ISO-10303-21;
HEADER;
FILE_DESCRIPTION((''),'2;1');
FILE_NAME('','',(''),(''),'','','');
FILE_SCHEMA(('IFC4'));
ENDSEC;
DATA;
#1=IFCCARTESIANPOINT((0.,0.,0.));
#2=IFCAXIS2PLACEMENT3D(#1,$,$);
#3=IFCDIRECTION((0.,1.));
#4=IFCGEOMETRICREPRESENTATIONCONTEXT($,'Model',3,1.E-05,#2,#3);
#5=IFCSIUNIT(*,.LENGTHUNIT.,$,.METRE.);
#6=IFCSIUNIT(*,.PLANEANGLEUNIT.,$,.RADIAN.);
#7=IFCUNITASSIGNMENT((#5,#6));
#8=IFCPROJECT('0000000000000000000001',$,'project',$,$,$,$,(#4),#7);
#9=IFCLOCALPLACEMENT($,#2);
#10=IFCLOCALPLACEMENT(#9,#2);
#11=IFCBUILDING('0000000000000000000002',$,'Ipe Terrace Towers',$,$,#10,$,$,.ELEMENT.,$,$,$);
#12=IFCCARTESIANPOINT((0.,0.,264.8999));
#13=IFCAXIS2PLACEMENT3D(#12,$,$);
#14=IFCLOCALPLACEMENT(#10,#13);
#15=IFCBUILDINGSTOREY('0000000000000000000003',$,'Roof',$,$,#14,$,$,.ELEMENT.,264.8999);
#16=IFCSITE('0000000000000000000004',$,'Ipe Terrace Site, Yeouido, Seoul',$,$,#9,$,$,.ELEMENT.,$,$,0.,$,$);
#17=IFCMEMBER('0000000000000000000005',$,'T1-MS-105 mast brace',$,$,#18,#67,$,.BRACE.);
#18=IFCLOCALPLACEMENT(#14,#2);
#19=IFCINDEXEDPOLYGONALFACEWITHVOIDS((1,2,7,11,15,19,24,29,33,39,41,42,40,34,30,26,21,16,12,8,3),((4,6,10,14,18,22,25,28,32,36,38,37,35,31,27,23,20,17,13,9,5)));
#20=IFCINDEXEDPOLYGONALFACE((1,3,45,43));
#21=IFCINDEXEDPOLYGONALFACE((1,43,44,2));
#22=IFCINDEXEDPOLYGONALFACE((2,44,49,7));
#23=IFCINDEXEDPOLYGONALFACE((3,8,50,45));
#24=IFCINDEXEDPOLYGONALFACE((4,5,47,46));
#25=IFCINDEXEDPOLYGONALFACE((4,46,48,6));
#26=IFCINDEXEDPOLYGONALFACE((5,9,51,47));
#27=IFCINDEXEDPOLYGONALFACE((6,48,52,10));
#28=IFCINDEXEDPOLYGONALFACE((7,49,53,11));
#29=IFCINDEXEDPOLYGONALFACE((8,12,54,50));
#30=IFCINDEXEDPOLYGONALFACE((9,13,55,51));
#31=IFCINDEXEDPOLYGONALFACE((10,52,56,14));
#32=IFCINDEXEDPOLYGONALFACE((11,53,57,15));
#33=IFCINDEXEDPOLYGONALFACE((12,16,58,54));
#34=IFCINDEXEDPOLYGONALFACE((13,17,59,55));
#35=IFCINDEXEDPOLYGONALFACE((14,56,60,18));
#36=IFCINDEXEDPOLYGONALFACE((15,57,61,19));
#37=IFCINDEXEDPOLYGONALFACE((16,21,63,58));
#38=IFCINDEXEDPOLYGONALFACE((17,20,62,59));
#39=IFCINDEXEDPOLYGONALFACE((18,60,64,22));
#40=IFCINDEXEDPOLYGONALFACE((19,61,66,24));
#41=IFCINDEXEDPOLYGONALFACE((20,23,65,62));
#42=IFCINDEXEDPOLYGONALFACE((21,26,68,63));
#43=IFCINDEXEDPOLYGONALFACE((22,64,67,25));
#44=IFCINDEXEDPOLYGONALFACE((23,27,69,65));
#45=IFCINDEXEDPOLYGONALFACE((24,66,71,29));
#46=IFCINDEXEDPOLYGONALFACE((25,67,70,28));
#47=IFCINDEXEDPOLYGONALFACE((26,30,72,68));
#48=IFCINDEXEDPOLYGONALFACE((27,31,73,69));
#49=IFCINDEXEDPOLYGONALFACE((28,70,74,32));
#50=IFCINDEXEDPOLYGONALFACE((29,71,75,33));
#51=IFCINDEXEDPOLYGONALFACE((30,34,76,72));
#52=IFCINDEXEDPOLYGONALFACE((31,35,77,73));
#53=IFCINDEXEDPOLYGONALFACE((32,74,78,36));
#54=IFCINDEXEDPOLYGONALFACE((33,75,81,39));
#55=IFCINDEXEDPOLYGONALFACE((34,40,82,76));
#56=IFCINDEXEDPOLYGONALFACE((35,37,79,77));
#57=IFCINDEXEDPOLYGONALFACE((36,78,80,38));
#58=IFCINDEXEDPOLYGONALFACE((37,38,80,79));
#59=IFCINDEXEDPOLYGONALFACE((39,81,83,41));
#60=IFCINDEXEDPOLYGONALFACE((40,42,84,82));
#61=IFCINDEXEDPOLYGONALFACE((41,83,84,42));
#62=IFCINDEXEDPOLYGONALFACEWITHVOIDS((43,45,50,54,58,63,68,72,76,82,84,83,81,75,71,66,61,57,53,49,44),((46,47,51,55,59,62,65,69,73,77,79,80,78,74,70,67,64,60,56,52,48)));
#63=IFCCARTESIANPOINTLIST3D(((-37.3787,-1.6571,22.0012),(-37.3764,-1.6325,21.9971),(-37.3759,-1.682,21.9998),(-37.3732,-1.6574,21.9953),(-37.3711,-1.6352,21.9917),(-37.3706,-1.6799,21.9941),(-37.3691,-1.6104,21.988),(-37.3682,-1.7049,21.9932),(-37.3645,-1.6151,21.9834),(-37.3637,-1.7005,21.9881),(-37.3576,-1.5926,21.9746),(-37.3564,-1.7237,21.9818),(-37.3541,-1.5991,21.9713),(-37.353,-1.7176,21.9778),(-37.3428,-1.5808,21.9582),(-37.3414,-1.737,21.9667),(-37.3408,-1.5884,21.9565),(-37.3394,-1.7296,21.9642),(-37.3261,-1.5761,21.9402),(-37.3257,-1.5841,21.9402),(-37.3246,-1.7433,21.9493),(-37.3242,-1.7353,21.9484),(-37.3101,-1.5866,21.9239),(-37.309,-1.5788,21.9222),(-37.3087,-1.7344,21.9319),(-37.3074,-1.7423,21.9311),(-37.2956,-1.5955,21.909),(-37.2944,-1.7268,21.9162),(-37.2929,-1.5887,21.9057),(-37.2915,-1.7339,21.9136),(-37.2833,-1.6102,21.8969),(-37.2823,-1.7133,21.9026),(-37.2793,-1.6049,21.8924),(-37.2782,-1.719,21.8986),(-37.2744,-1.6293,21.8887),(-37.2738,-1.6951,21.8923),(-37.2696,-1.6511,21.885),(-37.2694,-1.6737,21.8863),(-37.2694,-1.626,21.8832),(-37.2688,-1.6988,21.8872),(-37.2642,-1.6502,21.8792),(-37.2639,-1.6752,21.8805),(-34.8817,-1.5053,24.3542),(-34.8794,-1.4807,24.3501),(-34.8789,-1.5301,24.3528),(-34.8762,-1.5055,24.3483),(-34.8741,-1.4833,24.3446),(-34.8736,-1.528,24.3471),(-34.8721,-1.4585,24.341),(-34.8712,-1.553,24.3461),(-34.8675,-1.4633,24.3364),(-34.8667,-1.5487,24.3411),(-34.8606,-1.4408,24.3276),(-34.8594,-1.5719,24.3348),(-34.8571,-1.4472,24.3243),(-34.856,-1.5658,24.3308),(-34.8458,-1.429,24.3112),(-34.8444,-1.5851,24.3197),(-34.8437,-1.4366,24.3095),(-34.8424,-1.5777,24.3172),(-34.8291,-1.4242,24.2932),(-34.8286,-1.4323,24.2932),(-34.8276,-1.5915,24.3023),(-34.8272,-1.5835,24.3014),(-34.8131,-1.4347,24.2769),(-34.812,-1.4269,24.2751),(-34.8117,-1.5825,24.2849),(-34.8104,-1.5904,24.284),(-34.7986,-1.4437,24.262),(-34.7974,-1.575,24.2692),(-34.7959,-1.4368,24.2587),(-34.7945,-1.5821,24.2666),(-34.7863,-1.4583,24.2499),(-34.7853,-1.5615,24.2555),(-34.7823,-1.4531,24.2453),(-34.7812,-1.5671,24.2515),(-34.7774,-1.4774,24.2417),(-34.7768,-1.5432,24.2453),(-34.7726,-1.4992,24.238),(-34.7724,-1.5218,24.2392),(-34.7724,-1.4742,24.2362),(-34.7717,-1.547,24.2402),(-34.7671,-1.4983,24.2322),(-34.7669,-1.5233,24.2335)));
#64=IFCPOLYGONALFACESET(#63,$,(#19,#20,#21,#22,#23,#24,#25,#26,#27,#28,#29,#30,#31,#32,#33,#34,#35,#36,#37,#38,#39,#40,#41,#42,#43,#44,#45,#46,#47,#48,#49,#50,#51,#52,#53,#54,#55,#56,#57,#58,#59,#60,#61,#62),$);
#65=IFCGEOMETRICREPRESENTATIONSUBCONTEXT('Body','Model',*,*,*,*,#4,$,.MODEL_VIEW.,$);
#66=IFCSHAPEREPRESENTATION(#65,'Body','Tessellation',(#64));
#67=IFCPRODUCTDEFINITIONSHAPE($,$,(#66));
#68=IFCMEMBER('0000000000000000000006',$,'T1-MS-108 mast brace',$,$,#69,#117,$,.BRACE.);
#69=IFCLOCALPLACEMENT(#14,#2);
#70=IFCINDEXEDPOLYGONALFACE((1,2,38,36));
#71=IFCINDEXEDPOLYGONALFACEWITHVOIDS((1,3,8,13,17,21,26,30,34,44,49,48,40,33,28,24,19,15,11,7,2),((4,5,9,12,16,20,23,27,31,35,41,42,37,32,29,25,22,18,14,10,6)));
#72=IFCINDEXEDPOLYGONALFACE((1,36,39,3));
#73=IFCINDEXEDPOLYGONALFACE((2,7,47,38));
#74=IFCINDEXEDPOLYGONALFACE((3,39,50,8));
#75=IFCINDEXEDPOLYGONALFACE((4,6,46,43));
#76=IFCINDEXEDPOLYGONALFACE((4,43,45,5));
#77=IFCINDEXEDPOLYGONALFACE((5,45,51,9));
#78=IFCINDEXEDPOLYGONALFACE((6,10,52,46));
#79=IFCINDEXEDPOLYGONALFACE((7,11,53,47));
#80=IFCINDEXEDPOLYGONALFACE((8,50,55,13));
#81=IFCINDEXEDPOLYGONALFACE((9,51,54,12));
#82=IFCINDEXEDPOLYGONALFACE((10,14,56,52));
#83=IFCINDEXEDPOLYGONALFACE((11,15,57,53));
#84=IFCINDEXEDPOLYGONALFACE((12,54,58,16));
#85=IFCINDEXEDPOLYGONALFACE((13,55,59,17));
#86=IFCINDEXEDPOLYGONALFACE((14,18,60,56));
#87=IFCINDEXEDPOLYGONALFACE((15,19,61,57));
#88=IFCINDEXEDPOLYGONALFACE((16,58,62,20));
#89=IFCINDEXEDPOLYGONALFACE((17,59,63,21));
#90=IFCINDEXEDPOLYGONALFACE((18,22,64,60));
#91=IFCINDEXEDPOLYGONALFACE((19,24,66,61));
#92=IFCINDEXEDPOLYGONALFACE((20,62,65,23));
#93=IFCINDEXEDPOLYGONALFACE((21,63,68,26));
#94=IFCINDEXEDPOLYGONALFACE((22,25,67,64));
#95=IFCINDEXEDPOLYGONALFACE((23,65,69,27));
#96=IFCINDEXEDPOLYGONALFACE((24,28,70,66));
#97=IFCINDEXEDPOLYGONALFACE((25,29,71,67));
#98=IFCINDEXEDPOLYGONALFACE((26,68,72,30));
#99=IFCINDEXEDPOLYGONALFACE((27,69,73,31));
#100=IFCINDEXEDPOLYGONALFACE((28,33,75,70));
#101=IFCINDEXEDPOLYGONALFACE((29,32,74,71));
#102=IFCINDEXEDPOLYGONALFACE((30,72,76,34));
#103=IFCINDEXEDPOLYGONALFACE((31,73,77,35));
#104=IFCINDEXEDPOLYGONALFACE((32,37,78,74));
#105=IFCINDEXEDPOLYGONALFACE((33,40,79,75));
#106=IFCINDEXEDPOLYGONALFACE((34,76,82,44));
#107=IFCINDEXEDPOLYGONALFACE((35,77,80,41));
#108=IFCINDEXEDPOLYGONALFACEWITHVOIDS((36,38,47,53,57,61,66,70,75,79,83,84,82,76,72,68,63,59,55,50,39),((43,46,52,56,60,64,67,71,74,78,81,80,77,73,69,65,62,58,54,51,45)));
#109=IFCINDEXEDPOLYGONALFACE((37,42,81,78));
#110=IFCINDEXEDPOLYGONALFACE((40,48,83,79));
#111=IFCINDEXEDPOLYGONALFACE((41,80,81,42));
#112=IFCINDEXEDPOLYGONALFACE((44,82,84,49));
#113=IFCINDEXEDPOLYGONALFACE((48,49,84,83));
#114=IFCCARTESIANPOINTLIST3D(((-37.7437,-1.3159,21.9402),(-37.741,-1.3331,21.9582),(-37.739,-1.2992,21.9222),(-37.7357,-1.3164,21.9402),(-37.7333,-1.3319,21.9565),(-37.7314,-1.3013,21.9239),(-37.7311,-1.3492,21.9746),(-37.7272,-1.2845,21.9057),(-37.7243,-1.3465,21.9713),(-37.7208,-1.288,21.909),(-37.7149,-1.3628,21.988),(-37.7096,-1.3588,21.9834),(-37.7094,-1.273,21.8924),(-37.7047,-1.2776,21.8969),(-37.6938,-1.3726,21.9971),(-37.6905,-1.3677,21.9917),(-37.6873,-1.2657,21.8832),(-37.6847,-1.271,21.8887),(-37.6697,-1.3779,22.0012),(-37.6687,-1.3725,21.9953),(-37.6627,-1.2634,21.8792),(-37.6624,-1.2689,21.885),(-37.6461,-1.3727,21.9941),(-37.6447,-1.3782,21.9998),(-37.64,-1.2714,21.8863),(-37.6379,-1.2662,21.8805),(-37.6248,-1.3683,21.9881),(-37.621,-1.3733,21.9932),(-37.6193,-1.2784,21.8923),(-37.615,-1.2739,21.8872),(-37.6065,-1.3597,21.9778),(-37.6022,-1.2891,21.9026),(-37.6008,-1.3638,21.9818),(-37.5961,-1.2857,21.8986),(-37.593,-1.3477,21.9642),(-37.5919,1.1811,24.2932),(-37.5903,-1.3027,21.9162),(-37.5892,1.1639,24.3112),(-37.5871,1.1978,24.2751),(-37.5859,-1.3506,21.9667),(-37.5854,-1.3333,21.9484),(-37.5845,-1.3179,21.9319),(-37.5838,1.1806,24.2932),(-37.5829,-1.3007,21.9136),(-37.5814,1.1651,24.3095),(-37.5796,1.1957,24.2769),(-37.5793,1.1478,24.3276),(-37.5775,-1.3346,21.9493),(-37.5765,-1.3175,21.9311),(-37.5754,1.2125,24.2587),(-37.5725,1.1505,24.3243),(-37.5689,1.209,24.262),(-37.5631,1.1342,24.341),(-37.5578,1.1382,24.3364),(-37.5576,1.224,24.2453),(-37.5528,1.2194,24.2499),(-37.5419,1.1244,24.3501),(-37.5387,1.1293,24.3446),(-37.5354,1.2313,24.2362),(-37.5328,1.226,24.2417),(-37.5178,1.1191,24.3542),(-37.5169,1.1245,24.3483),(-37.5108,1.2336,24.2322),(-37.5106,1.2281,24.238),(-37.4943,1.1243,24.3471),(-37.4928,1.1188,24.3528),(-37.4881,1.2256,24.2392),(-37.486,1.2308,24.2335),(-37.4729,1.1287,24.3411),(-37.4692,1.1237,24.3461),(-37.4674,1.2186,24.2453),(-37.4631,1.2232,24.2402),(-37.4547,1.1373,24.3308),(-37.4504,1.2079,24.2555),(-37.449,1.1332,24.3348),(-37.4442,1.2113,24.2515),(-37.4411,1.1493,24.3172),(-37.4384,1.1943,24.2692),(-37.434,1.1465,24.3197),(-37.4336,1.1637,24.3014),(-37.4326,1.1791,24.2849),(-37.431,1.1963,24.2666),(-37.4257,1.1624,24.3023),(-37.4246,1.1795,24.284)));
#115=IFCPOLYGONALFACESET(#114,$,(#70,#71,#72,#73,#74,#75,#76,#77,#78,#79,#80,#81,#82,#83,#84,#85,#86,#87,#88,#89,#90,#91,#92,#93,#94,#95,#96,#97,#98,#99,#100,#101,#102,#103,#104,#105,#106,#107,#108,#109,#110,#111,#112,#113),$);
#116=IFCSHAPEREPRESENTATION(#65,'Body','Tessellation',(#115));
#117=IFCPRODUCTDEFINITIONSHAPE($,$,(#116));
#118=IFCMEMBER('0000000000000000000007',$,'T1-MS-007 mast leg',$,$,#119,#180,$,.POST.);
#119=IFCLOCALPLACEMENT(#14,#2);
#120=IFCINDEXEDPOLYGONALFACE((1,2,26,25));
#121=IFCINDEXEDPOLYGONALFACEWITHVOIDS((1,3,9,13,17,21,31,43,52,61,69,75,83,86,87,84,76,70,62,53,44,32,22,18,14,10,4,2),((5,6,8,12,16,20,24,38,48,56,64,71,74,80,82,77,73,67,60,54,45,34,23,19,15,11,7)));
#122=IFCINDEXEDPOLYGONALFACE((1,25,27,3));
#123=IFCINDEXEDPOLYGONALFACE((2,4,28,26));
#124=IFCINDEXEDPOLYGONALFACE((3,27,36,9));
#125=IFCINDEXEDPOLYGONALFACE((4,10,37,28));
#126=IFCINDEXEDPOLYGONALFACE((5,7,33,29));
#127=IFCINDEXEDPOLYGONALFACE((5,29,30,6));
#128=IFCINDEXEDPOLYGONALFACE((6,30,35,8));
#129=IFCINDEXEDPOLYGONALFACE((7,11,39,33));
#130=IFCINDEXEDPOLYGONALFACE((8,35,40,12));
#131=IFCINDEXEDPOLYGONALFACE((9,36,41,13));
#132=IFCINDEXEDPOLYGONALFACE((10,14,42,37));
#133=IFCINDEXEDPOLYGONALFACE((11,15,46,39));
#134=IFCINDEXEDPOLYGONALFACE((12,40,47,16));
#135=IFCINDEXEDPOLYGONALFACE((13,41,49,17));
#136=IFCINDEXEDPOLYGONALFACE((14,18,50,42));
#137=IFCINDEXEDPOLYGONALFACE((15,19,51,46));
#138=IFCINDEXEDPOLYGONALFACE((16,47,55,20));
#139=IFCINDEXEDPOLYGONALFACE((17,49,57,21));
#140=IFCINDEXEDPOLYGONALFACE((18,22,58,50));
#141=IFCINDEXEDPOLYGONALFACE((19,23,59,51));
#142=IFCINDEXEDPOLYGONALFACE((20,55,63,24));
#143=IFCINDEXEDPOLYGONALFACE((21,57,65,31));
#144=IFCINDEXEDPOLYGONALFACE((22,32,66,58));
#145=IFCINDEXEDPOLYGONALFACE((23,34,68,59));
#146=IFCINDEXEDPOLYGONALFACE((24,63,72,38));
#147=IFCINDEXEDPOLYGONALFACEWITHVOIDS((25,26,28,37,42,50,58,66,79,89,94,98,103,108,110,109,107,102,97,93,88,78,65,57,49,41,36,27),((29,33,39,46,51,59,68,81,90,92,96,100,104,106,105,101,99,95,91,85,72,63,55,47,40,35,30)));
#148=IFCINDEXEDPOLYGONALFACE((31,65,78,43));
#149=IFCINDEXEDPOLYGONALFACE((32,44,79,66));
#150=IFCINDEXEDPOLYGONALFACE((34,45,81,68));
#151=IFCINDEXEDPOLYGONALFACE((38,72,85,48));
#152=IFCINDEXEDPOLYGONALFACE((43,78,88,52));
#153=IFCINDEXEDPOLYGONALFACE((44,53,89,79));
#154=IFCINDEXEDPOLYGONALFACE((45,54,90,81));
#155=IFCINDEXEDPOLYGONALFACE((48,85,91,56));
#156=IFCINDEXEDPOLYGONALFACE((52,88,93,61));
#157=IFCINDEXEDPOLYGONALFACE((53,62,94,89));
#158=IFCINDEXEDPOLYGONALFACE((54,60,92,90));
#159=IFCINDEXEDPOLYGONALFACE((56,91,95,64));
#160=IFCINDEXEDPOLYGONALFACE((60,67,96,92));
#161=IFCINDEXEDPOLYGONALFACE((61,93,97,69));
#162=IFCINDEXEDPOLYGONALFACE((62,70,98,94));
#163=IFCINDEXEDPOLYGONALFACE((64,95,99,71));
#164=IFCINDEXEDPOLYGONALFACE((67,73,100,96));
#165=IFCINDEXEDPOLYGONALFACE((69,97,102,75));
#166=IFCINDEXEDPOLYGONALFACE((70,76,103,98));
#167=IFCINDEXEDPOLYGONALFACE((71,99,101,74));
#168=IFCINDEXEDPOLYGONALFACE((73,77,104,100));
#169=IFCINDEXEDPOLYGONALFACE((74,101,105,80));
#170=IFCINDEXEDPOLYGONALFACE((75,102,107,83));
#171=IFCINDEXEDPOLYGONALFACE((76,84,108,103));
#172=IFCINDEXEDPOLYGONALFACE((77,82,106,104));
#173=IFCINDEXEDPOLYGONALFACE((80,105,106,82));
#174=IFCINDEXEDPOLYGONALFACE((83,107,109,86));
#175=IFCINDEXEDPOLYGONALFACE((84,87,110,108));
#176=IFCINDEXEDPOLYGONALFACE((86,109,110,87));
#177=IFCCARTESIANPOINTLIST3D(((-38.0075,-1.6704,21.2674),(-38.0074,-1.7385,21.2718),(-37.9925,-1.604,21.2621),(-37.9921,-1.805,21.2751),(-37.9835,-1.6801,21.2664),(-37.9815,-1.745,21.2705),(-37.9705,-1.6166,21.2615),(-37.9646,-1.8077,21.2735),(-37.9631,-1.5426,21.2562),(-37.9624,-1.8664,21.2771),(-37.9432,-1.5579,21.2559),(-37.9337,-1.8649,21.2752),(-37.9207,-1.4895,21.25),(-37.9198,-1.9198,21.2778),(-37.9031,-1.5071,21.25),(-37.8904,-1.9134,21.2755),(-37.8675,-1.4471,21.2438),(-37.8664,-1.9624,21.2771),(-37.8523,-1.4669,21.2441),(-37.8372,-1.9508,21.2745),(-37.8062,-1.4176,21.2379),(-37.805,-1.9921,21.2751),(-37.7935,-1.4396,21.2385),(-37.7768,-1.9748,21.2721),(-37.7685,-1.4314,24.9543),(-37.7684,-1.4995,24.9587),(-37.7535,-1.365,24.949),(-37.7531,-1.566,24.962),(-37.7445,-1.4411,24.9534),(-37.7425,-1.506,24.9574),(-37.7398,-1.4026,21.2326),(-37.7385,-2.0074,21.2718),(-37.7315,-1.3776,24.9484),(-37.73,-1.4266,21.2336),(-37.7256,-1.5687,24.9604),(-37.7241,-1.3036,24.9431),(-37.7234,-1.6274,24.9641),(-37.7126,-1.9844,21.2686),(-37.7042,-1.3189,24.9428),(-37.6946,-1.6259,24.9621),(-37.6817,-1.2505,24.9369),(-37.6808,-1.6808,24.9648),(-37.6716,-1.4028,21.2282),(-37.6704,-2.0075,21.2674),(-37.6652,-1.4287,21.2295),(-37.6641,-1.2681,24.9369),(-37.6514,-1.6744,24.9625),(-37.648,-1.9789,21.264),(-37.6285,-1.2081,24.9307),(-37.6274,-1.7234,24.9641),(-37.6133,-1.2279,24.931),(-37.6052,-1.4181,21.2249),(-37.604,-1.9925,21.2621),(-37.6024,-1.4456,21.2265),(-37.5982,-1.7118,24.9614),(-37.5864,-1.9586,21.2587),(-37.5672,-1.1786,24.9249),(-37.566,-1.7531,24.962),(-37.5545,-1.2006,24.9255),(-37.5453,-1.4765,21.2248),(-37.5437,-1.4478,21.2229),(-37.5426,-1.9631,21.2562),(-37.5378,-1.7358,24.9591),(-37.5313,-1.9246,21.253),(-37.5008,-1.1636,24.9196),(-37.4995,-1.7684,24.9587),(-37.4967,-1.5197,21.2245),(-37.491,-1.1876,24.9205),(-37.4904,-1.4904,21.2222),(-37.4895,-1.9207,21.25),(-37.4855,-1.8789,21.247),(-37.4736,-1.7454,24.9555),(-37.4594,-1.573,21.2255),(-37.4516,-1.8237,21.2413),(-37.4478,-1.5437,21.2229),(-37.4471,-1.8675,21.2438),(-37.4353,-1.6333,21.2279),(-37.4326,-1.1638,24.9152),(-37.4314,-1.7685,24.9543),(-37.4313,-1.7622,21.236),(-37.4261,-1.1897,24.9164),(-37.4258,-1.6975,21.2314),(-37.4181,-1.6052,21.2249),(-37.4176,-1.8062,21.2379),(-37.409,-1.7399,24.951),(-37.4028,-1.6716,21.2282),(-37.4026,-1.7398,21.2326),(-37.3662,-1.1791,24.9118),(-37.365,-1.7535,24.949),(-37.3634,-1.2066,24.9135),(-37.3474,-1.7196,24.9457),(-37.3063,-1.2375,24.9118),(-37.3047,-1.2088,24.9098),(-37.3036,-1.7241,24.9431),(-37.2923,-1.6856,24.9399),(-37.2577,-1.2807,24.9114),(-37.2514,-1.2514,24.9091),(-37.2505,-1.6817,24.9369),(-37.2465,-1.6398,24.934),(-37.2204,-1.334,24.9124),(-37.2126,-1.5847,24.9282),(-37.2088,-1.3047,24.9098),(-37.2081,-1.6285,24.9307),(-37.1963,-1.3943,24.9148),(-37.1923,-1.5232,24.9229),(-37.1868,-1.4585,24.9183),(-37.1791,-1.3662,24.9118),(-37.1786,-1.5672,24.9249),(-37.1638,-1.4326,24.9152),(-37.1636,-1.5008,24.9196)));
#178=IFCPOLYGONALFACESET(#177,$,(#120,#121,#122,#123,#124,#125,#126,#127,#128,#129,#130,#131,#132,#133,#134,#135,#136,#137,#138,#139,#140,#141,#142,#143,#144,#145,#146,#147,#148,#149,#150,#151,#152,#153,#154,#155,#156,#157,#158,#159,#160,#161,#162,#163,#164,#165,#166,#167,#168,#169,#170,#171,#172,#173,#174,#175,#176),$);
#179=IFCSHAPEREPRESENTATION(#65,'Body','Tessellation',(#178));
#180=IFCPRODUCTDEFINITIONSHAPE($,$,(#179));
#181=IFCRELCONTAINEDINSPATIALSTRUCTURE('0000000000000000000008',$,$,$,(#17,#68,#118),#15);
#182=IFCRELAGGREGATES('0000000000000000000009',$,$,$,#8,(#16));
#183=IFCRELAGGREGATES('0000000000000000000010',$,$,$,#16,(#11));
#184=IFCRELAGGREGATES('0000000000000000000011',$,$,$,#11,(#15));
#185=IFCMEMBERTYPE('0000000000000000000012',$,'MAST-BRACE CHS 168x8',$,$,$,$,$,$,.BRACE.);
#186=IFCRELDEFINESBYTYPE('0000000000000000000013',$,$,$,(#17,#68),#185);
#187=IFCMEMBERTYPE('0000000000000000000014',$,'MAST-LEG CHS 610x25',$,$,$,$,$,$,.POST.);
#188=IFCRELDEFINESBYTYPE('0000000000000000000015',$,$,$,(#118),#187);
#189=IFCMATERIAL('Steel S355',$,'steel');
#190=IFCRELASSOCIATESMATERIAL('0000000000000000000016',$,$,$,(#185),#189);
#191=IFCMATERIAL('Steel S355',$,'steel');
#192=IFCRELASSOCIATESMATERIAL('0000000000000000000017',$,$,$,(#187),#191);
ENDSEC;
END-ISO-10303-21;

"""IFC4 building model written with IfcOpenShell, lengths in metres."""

from ifc_helpers import new_model, si_unit, direction, frame, origin, origin_2d, place, context, subcontext, project, spatial, hollow_circle, extrude, material, material_profile, profile_set, type_object, element, save


model = new_model("IFC4")

# Units and contexts
model_context = context("Model", 3, precision=1e-05, world=origin(), true_north=direction((0.0, 1.0)))
body_context = subcontext(model_context, "Body", "Model", "MODEL_VIEW")
ifc_project = project(units=[si_unit("LENGTHUNIT", "METRE"), si_unit("PLANEANGLEUNIT", "RADIAN")], contexts=[model_context])

# Site, building, storey
site_placement = place(None, origin())
site = spatial("IfcSite", under=ifc_project, at=site_placement, Name="Ipe Terrace Site, Yeouido, Seoul", CompositionType="ELEMENT", RefElevation=0.0)
building_placement = place(site_placement, origin())
building = spatial("IfcBuilding", under=site, at=building_placement, Name="Ipe Terrace Towers", CompositionType="ELEMENT")
storey_placement = place(building_placement, frame((0.0, 0.0, 264.8999)))
storey = spatial("IfcBuildingStorey", under=building, at=storey_placement, Name="Roof", CompositionType="ELEMENT", Elevation=264.8999)

# Members
ifc_material_1 = material(Name="Steel S355", Category="steel")
ifc_material_profile_1 = material_profile(ifc_material_1, hollow_circle(Radius=0.084, WallThickness=0.0081, at=origin_2d()), Name="MAST-BRACE CHS 168x8")
ifc_profile_set_1 = profile_set([ifc_material_profile_1], Name="Steel S355")
member_type_1 = type_object("IfcMemberType", Name="MAST-BRACE CHS 168x8", PredefinedType="BRACE", material=ifc_profile_set_1)
for number, where, z_axis, x_axis, name in (
    (1, (-37.321, -1.6599, 21.9402), (0.727074, 0.044216, 0.685133), (-0.060701, 0.998156, 0.0), "T1-MS-105 mast brace"),
    (2, (-37.6599, -1.321, 21.9402), (0.044216, 0.727074, 0.685133), (-0.998156, 0.060701, 0.0), "T1-MS-108 mast brace"),
):
    element("IfcMember", number, at=place(storey_placement, frame(where, z_axis=z_axis, x_axis=x_axis)), inside=storey, type_object=member_type_1, Name=name, PredefinedType="BRACE", context=body_context, shape_type="SweptSolid", body=[
        extrude(hollow_circle(Radius=0.084, WallThickness=0.0081, at=origin_2d()), origin(), (0.0, 0.0, 1.0), 3.4343),
    ])
ifc_material_2 = material(Name="Steel S355", Category="steel")
ifc_material_profile_2 = material_profile(ifc_material_2, hollow_circle(Radius=0.3049, WallThickness=0.0249, at=origin_2d()), Name="MAST-LEG CHS 610x25")
ifc_profile_set_2 = profile_set([ifc_material_profile_2], Name="Steel S355")
member_type_2 = type_object("IfcMemberType", Name="MAST-LEG CHS 610x25", PredefinedType="POST", material=ifc_profile_set_2)
member_1_placement = place(storey_placement, frame((-37.7051, -1.7051, 21.25), z_axis=(0.064555, 0.064555, 0.995824), x_axis=(-0.707107, 0.707107, 0.0)))
element("IfcMember", 3, at=member_1_placement, inside=storey, type_object=member_type_2, Name="T1-MS-007 mast leg", PredefinedType="POST", context=body_context, shape_type="SweptSolid", body=[
    extrude(hollow_circle(Radius=0.3049, WallThickness=0.0249, at=origin_2d()), origin(), (0.0, 0.0, 1.0), 3.7024),
])

save(model, "model.ifc")
